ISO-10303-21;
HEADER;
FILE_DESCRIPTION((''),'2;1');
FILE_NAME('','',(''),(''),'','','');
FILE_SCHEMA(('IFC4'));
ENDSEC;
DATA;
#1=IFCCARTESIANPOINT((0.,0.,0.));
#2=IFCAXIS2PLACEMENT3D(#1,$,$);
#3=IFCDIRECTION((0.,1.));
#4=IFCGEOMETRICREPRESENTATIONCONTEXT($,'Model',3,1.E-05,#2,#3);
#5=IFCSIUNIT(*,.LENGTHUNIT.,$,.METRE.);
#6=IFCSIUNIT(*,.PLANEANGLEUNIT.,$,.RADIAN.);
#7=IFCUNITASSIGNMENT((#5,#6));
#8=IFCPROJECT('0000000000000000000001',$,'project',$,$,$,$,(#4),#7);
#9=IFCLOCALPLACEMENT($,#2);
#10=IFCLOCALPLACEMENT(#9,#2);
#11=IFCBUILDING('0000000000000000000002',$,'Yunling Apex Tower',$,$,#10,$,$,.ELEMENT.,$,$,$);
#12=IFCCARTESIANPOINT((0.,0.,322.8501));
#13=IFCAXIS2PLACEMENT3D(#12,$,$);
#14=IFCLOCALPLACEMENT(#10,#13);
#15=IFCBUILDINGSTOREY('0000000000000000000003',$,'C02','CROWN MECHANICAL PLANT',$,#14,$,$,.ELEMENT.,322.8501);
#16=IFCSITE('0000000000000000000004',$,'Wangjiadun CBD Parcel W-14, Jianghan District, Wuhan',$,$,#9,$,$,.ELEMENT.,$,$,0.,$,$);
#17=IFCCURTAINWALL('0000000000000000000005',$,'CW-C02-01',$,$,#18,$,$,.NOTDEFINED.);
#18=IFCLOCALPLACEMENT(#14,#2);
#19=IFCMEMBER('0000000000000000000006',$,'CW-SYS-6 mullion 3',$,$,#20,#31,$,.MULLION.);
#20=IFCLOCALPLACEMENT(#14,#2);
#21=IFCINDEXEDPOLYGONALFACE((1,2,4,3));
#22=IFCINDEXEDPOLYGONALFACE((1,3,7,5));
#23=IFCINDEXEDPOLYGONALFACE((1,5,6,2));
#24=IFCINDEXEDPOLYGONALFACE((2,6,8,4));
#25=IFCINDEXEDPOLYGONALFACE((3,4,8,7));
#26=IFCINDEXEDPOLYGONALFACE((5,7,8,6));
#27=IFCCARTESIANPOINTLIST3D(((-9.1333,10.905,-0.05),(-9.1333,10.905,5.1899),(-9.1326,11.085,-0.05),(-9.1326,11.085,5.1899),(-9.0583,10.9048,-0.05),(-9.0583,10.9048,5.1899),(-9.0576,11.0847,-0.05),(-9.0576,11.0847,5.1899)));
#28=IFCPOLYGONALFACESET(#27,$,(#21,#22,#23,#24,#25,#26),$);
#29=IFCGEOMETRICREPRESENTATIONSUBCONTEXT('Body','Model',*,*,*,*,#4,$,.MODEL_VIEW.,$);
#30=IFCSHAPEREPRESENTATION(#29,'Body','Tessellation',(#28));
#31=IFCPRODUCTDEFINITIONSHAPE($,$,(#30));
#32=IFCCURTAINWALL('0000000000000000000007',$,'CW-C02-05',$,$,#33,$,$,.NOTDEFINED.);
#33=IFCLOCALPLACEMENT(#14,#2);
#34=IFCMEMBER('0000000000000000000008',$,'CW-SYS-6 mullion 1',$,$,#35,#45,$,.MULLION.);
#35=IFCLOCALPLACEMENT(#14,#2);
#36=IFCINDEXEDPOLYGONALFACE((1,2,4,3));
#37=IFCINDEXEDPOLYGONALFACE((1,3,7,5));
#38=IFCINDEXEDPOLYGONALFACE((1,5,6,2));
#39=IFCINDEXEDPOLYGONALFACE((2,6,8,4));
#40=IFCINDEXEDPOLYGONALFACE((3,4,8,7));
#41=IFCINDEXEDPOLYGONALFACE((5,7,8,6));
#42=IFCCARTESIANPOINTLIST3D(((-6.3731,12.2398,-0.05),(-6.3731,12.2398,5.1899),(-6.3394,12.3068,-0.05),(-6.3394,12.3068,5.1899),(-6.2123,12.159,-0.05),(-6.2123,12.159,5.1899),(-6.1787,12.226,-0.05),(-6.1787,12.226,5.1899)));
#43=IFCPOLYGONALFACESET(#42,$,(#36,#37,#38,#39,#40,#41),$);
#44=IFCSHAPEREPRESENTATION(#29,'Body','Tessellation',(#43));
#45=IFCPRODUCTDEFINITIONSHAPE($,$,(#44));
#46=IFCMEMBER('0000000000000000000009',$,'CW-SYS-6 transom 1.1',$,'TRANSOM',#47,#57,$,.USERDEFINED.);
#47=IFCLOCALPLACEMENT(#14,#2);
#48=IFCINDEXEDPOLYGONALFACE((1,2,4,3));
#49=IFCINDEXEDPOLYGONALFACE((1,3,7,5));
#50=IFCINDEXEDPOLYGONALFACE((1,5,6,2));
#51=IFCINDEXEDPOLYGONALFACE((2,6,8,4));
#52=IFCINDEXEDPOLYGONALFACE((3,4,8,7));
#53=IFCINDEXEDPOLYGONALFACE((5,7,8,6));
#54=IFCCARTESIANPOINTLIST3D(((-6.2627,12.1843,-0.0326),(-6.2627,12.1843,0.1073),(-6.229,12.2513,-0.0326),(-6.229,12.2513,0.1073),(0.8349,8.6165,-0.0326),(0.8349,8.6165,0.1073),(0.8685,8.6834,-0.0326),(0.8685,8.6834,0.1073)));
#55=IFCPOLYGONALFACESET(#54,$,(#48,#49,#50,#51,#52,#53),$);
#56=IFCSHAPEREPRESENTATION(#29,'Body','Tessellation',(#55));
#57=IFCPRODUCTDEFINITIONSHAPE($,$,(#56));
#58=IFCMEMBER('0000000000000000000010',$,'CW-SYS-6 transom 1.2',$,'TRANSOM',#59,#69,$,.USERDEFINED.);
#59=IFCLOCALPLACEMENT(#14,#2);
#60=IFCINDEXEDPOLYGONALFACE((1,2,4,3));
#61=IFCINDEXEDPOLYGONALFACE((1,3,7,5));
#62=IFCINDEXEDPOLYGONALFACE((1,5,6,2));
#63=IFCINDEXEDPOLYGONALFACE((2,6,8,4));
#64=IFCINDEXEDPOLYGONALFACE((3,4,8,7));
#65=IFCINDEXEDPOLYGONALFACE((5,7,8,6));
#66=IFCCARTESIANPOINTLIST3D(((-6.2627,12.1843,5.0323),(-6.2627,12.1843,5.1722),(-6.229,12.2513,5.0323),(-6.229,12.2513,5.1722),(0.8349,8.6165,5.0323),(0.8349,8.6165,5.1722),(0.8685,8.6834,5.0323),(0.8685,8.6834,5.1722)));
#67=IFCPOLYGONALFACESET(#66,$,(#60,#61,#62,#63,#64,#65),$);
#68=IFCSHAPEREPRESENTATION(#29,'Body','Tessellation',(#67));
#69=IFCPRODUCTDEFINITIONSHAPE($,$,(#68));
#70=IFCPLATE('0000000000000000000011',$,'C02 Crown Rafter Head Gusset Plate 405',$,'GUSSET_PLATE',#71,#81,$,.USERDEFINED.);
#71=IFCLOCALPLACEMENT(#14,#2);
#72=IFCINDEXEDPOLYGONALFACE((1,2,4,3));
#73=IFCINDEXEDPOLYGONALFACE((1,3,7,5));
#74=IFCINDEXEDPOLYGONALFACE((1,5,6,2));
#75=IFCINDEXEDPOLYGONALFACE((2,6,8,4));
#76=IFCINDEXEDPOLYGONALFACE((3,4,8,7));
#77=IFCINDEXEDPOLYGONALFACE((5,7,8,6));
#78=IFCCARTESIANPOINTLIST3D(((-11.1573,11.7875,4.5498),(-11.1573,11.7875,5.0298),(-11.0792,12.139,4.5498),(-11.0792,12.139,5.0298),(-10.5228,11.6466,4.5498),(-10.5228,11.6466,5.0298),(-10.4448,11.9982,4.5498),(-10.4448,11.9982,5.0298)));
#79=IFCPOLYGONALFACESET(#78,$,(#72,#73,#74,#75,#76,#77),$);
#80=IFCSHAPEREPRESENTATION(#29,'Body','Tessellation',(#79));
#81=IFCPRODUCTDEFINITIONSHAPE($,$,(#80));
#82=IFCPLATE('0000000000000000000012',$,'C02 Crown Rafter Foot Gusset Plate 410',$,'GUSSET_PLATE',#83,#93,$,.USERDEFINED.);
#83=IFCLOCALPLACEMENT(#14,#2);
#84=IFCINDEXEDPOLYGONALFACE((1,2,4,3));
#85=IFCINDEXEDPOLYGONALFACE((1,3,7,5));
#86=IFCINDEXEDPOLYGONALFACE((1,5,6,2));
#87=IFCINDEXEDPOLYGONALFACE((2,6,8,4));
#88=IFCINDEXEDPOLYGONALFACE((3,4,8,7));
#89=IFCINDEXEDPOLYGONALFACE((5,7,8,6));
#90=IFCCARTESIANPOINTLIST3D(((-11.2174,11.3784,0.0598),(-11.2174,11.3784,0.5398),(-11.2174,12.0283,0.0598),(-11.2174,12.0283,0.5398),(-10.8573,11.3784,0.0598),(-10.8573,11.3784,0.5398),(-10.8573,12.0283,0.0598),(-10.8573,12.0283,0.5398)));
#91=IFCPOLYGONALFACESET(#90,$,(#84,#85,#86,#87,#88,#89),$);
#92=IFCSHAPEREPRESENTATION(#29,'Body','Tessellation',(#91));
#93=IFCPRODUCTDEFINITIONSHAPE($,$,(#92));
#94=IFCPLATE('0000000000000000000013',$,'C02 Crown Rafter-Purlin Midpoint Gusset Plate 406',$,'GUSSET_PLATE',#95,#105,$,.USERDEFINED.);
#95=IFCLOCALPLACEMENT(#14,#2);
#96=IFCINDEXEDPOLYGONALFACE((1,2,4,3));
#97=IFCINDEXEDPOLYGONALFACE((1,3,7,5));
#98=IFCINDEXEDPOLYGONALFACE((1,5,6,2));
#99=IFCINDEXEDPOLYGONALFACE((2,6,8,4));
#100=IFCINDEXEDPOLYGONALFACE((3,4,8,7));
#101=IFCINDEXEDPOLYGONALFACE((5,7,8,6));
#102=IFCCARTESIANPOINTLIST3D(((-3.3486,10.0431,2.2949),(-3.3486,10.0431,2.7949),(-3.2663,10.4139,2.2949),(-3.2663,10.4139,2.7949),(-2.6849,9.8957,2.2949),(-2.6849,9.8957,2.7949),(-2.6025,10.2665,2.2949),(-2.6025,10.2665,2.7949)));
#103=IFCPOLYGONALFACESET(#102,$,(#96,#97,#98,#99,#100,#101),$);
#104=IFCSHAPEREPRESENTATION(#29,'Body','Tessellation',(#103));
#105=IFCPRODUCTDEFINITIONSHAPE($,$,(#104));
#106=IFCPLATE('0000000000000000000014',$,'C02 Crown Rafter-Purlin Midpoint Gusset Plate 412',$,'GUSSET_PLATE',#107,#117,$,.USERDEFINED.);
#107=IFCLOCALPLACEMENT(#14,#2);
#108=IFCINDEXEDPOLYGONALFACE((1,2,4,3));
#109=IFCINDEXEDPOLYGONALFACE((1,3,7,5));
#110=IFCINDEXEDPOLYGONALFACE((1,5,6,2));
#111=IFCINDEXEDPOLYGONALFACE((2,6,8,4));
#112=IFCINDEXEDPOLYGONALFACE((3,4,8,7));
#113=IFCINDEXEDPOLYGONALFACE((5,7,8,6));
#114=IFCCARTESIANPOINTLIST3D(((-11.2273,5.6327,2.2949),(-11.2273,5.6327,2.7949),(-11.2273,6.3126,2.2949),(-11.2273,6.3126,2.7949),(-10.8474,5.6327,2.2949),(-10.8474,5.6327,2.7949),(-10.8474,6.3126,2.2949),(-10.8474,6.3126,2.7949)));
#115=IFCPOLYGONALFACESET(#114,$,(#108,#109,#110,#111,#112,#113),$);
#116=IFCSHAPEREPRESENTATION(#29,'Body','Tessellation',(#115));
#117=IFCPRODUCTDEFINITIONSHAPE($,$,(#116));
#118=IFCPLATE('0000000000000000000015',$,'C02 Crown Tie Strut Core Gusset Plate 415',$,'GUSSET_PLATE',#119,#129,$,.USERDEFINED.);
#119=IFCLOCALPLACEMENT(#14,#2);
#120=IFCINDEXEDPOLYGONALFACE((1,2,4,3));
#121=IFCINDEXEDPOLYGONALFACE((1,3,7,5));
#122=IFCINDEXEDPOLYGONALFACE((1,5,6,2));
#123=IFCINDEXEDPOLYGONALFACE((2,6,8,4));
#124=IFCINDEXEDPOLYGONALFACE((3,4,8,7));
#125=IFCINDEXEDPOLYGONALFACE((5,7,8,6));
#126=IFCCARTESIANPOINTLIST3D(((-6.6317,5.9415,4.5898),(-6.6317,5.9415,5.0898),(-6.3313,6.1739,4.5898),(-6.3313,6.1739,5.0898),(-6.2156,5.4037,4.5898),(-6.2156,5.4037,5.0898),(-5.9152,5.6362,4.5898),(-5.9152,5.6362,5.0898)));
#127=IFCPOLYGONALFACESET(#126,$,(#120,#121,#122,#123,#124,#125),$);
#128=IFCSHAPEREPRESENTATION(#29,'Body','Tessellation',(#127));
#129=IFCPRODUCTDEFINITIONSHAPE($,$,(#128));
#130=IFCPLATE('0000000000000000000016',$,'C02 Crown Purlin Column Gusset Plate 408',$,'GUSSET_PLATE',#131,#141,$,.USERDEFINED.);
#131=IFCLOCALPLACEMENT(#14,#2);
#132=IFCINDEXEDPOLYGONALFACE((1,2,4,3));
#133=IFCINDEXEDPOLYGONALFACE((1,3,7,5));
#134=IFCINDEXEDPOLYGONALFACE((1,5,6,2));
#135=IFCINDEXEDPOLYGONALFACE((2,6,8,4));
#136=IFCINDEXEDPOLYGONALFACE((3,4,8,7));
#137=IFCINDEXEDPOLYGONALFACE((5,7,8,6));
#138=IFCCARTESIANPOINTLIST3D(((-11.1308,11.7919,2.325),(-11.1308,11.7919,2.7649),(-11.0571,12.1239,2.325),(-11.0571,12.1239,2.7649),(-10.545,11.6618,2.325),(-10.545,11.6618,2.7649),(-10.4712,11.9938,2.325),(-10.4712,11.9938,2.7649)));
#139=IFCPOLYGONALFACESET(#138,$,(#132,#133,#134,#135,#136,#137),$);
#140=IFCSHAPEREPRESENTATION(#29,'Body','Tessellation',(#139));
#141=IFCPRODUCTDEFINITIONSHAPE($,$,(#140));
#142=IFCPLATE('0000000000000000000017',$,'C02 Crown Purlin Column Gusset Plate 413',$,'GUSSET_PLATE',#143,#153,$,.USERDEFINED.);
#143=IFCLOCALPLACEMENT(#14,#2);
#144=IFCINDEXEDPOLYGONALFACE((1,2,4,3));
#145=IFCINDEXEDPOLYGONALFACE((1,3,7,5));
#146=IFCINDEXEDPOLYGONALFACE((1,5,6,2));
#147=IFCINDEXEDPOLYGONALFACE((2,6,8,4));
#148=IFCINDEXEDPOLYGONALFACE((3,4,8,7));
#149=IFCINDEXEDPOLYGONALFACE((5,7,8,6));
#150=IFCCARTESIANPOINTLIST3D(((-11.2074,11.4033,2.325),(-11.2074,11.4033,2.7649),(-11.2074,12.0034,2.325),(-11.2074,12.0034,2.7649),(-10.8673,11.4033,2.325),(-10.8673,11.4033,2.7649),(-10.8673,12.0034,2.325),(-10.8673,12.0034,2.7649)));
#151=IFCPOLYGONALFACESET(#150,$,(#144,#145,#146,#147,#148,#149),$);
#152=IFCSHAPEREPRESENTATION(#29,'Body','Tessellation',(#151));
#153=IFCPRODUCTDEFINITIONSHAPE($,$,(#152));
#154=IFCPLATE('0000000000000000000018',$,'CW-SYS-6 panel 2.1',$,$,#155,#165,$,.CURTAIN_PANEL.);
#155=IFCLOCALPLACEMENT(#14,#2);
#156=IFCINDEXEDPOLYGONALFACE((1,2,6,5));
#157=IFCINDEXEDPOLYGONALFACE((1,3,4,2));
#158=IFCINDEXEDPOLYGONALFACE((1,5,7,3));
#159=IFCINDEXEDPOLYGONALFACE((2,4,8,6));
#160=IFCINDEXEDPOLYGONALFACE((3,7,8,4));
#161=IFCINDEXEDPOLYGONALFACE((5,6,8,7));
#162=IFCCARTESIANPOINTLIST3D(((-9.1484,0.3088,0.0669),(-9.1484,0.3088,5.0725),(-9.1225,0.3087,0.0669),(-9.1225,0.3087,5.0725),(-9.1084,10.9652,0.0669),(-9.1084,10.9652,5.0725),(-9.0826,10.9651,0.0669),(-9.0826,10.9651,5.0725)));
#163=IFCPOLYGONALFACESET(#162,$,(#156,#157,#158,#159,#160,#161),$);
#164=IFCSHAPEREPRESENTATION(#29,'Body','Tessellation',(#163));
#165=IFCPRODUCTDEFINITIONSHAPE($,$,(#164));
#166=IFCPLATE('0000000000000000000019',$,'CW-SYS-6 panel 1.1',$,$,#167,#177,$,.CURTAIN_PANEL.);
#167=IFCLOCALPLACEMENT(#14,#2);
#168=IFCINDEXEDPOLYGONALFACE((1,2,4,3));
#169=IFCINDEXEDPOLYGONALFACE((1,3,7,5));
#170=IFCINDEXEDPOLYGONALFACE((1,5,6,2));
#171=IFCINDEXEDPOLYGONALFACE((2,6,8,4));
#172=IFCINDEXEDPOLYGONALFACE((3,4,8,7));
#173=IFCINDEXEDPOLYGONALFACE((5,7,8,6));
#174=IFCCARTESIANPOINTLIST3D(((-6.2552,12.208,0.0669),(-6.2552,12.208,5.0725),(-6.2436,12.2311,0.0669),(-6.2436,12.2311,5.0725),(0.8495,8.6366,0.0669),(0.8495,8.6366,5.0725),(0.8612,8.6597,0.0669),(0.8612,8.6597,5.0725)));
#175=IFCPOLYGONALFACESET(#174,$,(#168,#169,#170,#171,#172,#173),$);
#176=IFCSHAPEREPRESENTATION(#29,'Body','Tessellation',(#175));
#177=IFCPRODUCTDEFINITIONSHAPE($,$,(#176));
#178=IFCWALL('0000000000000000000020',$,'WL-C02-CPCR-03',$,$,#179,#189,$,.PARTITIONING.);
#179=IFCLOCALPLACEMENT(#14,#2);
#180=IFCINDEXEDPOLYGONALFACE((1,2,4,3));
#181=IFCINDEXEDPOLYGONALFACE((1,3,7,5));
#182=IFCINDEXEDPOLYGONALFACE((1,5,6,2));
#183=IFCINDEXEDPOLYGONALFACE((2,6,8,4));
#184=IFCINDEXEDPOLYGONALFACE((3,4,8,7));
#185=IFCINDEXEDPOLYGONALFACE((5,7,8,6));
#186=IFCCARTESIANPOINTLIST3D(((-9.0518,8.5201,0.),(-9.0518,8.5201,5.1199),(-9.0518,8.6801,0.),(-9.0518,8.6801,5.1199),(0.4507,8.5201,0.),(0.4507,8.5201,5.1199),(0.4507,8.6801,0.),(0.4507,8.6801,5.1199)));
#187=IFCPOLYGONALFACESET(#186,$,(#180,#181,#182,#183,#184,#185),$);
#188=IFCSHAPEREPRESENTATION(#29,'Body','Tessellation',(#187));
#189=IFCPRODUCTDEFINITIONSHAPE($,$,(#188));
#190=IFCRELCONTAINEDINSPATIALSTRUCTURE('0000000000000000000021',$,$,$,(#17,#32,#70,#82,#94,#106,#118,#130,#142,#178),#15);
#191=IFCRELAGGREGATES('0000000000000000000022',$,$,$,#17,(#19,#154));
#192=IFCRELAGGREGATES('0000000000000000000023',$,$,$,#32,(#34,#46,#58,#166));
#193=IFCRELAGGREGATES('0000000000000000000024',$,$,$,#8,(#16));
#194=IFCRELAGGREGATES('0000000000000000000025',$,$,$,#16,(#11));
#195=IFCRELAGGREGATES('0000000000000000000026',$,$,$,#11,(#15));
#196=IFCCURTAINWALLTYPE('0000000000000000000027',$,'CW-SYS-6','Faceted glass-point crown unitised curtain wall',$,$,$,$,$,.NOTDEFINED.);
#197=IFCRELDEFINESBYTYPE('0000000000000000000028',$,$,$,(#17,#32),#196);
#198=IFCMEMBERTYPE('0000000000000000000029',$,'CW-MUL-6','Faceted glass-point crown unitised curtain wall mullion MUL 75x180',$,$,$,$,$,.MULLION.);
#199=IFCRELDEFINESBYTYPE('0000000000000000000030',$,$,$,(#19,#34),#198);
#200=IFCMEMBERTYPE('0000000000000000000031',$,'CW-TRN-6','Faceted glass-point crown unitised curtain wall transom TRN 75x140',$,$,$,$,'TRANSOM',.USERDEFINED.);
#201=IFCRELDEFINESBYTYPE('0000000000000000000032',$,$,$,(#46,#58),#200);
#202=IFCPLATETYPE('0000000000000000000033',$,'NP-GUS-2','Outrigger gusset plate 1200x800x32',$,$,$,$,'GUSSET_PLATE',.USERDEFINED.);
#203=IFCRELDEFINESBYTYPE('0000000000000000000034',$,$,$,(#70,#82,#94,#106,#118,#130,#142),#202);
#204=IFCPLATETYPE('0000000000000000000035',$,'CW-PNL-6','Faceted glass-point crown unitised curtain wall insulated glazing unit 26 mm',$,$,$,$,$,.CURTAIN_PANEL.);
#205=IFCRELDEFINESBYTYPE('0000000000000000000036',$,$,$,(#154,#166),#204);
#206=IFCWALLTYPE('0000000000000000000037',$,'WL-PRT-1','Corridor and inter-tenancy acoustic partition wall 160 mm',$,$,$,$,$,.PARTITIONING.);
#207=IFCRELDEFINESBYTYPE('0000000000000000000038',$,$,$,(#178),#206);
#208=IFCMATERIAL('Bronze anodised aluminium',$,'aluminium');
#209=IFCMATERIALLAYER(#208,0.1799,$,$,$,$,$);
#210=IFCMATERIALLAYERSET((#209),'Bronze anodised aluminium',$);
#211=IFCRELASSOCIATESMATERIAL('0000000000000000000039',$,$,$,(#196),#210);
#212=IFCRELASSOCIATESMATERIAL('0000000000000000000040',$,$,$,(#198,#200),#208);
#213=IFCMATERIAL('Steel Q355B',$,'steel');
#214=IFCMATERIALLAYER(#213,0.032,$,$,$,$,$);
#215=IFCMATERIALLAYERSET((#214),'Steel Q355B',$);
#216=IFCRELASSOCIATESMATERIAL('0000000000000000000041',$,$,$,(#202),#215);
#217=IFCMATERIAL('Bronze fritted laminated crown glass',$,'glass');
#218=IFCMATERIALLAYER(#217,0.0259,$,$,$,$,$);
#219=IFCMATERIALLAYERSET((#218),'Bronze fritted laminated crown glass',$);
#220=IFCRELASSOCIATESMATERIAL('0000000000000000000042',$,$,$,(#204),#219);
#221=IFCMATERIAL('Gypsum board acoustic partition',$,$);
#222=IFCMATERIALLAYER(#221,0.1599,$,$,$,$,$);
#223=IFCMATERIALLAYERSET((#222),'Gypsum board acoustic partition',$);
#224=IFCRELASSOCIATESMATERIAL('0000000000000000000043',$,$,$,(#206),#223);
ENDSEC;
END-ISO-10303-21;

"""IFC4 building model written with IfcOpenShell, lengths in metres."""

from ifc_helpers import new_model, si_unit, direction, frame, frame_2d, origin, origin_2d, place, context, subcontext, project, spatial, rectangle, extrude, source, transform, mapped, material, layer, layer_set, material_profile, profile_set, type_object, element, aggregate, save


model = new_model("IFC4")

# Units and contexts
model_context = context("Model", 3, precision=1e-05, world=origin(), true_north=direction((0.0, 1.0)))
body_context = subcontext(model_context, "Body", "Model", "MODEL_VIEW")
ifc_project = project(units=[si_unit("LENGTHUNIT", "METRE"), si_unit("PLANEANGLEUNIT", "RADIAN")], contexts=[model_context])

# Site, building, storey
site_placement = place(None, origin())
site = spatial("IfcSite", under=ifc_project, at=site_placement, Name="Wangjiadun CBD Parcel W-14, Jianghan District, Wuhan", CompositionType="ELEMENT", RefElevation=0.0)
building_placement = place(site_placement, origin())
building = spatial("IfcBuilding", under=site, at=building_placement, Name="Yunling Apex Tower", CompositionType="ELEMENT")
storey_placement = place(building_placement, frame((0.0, 0.0, 322.8501)))
storey = spatial("IfcBuildingStorey", under=building, at=storey_placement, Name="C02", Description="CROWN MECHANICAL PLANT", CompositionType="ELEMENT", Elevation=322.8501)

# Shared definitions
ifc_material_1 = material(Name="Steel Q355B", Category="steel")

# Curtain wall, member
ifc_material_2 = material(Name="Bronze anodised aluminium", Category="aluminium")
ifc_layer_1 = layer(ifc_material_2, 0.1799)
ifc_layer_set_1 = layer_set([ifc_layer_1], Name="Bronze anodised aluminium")
curtain_wall_type = type_object("IfcCurtainWallType", Name="CW-SYS-6", Description="Faceted glass-point crown unitised curtain wall", PredefinedType="NOTDEFINED", material=ifc_layer_set_1)
curtain_wall_1_placement = place(storey_placement, origin())
curtain_wall_1 = element("IfcCurtainWall", 1, at=curtain_wall_1_placement, inside=storey, type_object=curtain_wall_type, Name="CW-C02-01", PredefinedType="NOTDEFINED")
ifc_material_profile_1 = material_profile(ifc_material_2, rectangle(XDim=0.075, YDim=0.1799, at=origin_2d()))
ifc_profile_set_1 = profile_set([ifc_material_profile_1], Name="Bronze anodised aluminium")
member_type_1 = type_object("IfcMemberType", Name="CW-MUL-6", Description="Faceted glass-point crown unitised curtain wall mullion MUL 75x180", PredefinedType="MULLION", material=ifc_profile_set_1)
shared_shape_1 = source(origin(), body_context, "Body", "SweptSolid", [
    extrude(rectangle(XDim=0.075, YDim=0.1799, at=origin_2d()), origin(), (0.0, 0.0, 1.0), 5.24),
])
member_1_placement = place(storey_placement, frame((-9.0955, 10.9949, -0.05), z_axis=(0.0, 0.0, 1.0), x_axis=(-0.999993, 0.003748, 0.0)))
member_1 = element("IfcMember", 2, at=member_1_placement, type_object=member_type_1, Name="CW-SYS-6 mullion 3", PredefinedType="MULLION", context=body_context, shape_type="MappedRepresentation", body=[
    mapped(shared_shape_1, transform((0.0, 0.0, 0.0), scale=1.0)),
])

# Curtain wall, members
curtain_wall_2_placement = place(storey_placement, origin())
curtain_wall_2 = element("IfcCurtainWall", 3, at=curtain_wall_2_placement, inside=storey, type_object=curtain_wall_type, Name="CW-C02-05", PredefinedType="NOTDEFINED")
member_2_placement = place(storey_placement, frame((-6.2759, 12.2329, -0.05), z_axis=(0.0, 0.0, 1.0), x_axis=(0.449129, 0.893467, 0.0)))
member_2 = element("IfcMember", 4, at=member_2_placement, type_object=member_type_1, Name="CW-SYS-6 mullion 1", PredefinedType="MULLION", context=body_context, shape_type="MappedRepresentation", body=[
    mapped(shared_shape_1, transform((0.0, 0.0, 0.0), scale=1.0)),
])
ifc_material_profile_2 = material_profile(ifc_material_2, rectangle(XDim=0.075, YDim=0.1399, at=origin_2d()))
ifc_profile_set_2 = profile_set([ifc_material_profile_2], Name="Bronze anodised aluminium")
member_type_2 = type_object("IfcMemberType", Name="CW-TRN-6", Description="Faceted glass-point crown unitised curtain wall transom TRN 75x140", ElementType="TRANSOM", PredefinedType="USERDEFINED", material=ifc_profile_set_2)
shared_shape_2 = source(origin(), body_context, "Body", "SweptSolid", [
    extrude(rectangle(XDim=0.075, YDim=0.1399, at=origin_2d()), origin(), (0.0, 0.0, 1.0), 7.9438),
])
member_3_placement = place(storey_placement, frame((-6.2458, 12.2178, 0.0374), z_axis=(0.893466, -0.44913, 0.0), x_axis=(0.44913, 0.893466, 0.0)))
member_3 = element("IfcMember", 5, at=member_3_placement, type_object=member_type_2, Name="CW-SYS-6 transom 1.1", ObjectType="TRANSOM", PredefinedType="USERDEFINED", context=body_context, shape_type="MappedRepresentation", body=[
    mapped(shared_shape_2, transform((0.0, 0.0, 0.0), scale=1.0)),
])
member_4_placement = place(storey_placement, frame((-6.2458, 12.2178, 5.1023), z_axis=(0.893466, -0.44913, 0.0), x_axis=(0.44913, 0.893466, 0.0)))
member_4 = element("IfcMember", 6, at=member_4_placement, type_object=member_type_2, Name="CW-SYS-6 transom 1.2", ObjectType="TRANSOM", PredefinedType="USERDEFINED", context=body_context, shape_type="MappedRepresentation", body=[
    mapped(shared_shape_2, transform((0.0, 0.0, 0.0), scale=1.0)),
])

# Plates
ifc_layer_2 = layer(ifc_material_1, 0.032)
ifc_layer_set_2 = layer_set([ifc_layer_2], Name="Steel Q355B")
plate_type_1 = type_object("IfcPlateType", Name="NP-GUS-2", Description="Outrigger gusset plate 1200x800x32", ElementType="GUSSET_PLATE", PredefinedType="USERDEFINED", material=ifc_layer_set_2)
shared_shape_3 = source(origin(), body_context, "Body", "SweptSolid", [
    extrude(rectangle(XDim=0.6499, YDim=0.3601, at=origin_2d()), origin(), (0.0, 0.0, 1.0), 0.48),
])
for number, where, z_axis, x_axis, name in (
    (7, (-10.801, 11.8928, 4.5498), (0.0, 0.0, 1.0), (-0.97622, 0.21678, 0.0), "C02 Crown Rafter Head Gusset Plate 405"),
    (8, (-11.0374, 11.7034, 0.0598), (0.0, 0.0, 1.0), (0.0, -1.0, 0.0), "C02 Crown Rafter Foot Gusset Plate 410"),
):
    element("IfcPlate", number, at=place(storey_placement, frame(where, z_axis=z_axis, x_axis=x_axis)), inside=storey, type_object=plate_type_1, Name=name, ObjectType="GUSSET_PLATE", PredefinedType="USERDEFINED", context=body_context, shape_type="MappedRepresentation", body=[
        mapped(shared_shape_3, transform((0.0, 0.0, 0.0), scale=1.0)),
    ])
shared_shape_4 = source(origin(), body_context, "Body", "SweptSolid", [
    extrude(rectangle(XDim=0.6799, YDim=0.3799, at=origin_2d()), origin(), (0.0, 0.0, 1.0), 0.5),
])
for number, where, z_axis, x_axis, name in (
    (9, (-2.9756, 10.1548, 2.2949), (0.0, 0.0, 1.0), (-0.97622, 0.21678, 0.0), "C02 Crown Rafter-Purlin Midpoint Gusset Plate 406"),
    (10, (-11.0374, 5.9727, 2.2949), (0.0, 0.0, 1.0), (0.0, -1.0, 0.0), "C02 Crown Rafter-Purlin Midpoint Gusset Plate 412"),
    (11, (-6.2734, 5.7888, 4.5898), (0.0, 0.0, 1.0), (-0.611941, 0.790903, 0.0), "C02 Crown Tie Strut Core Gusset Plate 415"),
):
    element("IfcPlate", number, at=place(storey_placement, frame(where, z_axis=z_axis, x_axis=x_axis)), inside=storey, type_object=plate_type_1, Name=name, ObjectType="GUSSET_PLATE", PredefinedType="USERDEFINED", context=body_context, shape_type="MappedRepresentation", body=[
        mapped(shared_shape_4, transform((0.0, 0.0, 0.0), scale=1.0)),
    ])
shared_shape_5 = source(origin(), body_context, "Body", "SweptSolid", [
    extrude(rectangle(XDim=0.6001, YDim=0.3401, at=origin_2d()), origin(), (0.0, 0.0, 1.0), 0.4399),
])
for number, where, z_axis, x_axis, name in (
    (12, (-10.801, 11.8928, 2.325), (0.0, 0.0, 1.0), (-0.97622, 0.21678, 0.0), "C02 Crown Purlin Column Gusset Plate 408"),
    (13, (-11.0374, 11.7034, 2.325), (0.0, 0.0, 1.0), (0.0, -1.0, 0.0), "C02 Crown Purlin Column Gusset Plate 413"),
):
    element("IfcPlate", number, at=place(storey_placement, frame(where, z_axis=z_axis, x_axis=x_axis)), inside=storey, type_object=plate_type_1, Name=name, ObjectType="GUSSET_PLATE", PredefinedType="USERDEFINED", context=body_context, shape_type="MappedRepresentation", body=[
        mapped(shared_shape_5, transform((0.0, 0.0, 0.0), scale=1.0)),
    ])

# Plates
ifc_material_3 = material(Name="Bronze fritted laminated crown glass", Category="glass")
ifc_layer_3 = layer(ifc_material_3, 0.0259)
ifc_layer_set_3 = layer_set([ifc_layer_3], Name="Bronze fritted laminated crown glass")
plate_type_2 = type_object("IfcPlateType", Name="CW-PNL-6", Description="Faceted glass-point crown unitised curtain wall insulated glazing unit 26 mm", PredefinedType="CURTAIN_PANEL", material=ifc_layer_set_3)
shared_shape_6 = source(origin(), body_context, "Body", "SweptSolid", [
    extrude(rectangle(XDim=10.6565, YDim=0.0259, at=origin_2d()), origin(), (0.0, 0.0, 1.0), 5.0056),
])
plate_1_placement = place(storey_placement, frame((-9.1155, 5.637, 0.0669), z_axis=(0.0, 0.0, 1.0), x_axis=(0.003748, 0.999993, 0.0)))
plate_1 = element("IfcPlate", 14, at=plate_1_placement, type_object=plate_type_2, Name="CW-SYS-6 panel 2.1", PredefinedType="CURTAIN_PANEL", context=body_context, shape_type="MappedRepresentation", body=[
    mapped(shared_shape_6, transform((0.0, 0.0, 0.0), scale=1.0)),
])
aggregate(curtain_wall_1, [member_1, plate_1])
shared_shape_7 = source(origin(), body_context, "Body", "SweptSolid", [
    extrude(rectangle(XDim=7.9519, YDim=0.0259, at=origin_2d()), origin(), (0.0, 0.0, 1.0), 5.0056),
])
plate_2_placement = place(storey_placement, frame((-2.697, 10.4338, 0.0669), z_axis=(0.0, 0.0, 1.0), x_axis=(0.893467, -0.449129, 0.0)))
plate_2 = element("IfcPlate", 15, at=plate_2_placement, type_object=plate_type_2, Name="CW-SYS-6 panel 1.1", PredefinedType="CURTAIN_PANEL", context=body_context, shape_type="MappedRepresentation", body=[
    mapped(shared_shape_7, transform((0.0, 0.0, 0.0), scale=1.0)),
])
aggregate(curtain_wall_2, [member_2, member_3, member_4, plate_2])

# Wall
ifc_material_4 = material(Name="Gypsum board acoustic partition")
ifc_layer_4 = layer(ifc_material_4, 0.1599)
ifc_layer_set_4 = layer_set([ifc_layer_4], Name="Gypsum board acoustic partition")
wall_type = type_object("IfcWallType", Name="WL-PRT-1", Description="Corridor and inter-tenancy acoustic partition wall 160 mm", PredefinedType="PARTITIONING", material=ifc_layer_set_4)
wall_placement = place(storey_placement, frame((-9.0518, 8.6001, 0.0), z_axis=(0.0, 0.0, 1.0), x_axis=(1.0, 0.0, 0.0)))
element("IfcWall", 16, at=wall_placement, inside=storey, type_object=wall_type, Name="WL-C02-CPCR-03", PredefinedType="PARTITIONING", context=body_context, shape_type="SweptSolid", body=[
    extrude(rectangle(XDim=9.5024, YDim=0.1599, at=frame_2d((4.7512, 0.0))), origin(), (0.0, 0.0, 1.0), 5.1199),
])

save(model, "model.ifc")
